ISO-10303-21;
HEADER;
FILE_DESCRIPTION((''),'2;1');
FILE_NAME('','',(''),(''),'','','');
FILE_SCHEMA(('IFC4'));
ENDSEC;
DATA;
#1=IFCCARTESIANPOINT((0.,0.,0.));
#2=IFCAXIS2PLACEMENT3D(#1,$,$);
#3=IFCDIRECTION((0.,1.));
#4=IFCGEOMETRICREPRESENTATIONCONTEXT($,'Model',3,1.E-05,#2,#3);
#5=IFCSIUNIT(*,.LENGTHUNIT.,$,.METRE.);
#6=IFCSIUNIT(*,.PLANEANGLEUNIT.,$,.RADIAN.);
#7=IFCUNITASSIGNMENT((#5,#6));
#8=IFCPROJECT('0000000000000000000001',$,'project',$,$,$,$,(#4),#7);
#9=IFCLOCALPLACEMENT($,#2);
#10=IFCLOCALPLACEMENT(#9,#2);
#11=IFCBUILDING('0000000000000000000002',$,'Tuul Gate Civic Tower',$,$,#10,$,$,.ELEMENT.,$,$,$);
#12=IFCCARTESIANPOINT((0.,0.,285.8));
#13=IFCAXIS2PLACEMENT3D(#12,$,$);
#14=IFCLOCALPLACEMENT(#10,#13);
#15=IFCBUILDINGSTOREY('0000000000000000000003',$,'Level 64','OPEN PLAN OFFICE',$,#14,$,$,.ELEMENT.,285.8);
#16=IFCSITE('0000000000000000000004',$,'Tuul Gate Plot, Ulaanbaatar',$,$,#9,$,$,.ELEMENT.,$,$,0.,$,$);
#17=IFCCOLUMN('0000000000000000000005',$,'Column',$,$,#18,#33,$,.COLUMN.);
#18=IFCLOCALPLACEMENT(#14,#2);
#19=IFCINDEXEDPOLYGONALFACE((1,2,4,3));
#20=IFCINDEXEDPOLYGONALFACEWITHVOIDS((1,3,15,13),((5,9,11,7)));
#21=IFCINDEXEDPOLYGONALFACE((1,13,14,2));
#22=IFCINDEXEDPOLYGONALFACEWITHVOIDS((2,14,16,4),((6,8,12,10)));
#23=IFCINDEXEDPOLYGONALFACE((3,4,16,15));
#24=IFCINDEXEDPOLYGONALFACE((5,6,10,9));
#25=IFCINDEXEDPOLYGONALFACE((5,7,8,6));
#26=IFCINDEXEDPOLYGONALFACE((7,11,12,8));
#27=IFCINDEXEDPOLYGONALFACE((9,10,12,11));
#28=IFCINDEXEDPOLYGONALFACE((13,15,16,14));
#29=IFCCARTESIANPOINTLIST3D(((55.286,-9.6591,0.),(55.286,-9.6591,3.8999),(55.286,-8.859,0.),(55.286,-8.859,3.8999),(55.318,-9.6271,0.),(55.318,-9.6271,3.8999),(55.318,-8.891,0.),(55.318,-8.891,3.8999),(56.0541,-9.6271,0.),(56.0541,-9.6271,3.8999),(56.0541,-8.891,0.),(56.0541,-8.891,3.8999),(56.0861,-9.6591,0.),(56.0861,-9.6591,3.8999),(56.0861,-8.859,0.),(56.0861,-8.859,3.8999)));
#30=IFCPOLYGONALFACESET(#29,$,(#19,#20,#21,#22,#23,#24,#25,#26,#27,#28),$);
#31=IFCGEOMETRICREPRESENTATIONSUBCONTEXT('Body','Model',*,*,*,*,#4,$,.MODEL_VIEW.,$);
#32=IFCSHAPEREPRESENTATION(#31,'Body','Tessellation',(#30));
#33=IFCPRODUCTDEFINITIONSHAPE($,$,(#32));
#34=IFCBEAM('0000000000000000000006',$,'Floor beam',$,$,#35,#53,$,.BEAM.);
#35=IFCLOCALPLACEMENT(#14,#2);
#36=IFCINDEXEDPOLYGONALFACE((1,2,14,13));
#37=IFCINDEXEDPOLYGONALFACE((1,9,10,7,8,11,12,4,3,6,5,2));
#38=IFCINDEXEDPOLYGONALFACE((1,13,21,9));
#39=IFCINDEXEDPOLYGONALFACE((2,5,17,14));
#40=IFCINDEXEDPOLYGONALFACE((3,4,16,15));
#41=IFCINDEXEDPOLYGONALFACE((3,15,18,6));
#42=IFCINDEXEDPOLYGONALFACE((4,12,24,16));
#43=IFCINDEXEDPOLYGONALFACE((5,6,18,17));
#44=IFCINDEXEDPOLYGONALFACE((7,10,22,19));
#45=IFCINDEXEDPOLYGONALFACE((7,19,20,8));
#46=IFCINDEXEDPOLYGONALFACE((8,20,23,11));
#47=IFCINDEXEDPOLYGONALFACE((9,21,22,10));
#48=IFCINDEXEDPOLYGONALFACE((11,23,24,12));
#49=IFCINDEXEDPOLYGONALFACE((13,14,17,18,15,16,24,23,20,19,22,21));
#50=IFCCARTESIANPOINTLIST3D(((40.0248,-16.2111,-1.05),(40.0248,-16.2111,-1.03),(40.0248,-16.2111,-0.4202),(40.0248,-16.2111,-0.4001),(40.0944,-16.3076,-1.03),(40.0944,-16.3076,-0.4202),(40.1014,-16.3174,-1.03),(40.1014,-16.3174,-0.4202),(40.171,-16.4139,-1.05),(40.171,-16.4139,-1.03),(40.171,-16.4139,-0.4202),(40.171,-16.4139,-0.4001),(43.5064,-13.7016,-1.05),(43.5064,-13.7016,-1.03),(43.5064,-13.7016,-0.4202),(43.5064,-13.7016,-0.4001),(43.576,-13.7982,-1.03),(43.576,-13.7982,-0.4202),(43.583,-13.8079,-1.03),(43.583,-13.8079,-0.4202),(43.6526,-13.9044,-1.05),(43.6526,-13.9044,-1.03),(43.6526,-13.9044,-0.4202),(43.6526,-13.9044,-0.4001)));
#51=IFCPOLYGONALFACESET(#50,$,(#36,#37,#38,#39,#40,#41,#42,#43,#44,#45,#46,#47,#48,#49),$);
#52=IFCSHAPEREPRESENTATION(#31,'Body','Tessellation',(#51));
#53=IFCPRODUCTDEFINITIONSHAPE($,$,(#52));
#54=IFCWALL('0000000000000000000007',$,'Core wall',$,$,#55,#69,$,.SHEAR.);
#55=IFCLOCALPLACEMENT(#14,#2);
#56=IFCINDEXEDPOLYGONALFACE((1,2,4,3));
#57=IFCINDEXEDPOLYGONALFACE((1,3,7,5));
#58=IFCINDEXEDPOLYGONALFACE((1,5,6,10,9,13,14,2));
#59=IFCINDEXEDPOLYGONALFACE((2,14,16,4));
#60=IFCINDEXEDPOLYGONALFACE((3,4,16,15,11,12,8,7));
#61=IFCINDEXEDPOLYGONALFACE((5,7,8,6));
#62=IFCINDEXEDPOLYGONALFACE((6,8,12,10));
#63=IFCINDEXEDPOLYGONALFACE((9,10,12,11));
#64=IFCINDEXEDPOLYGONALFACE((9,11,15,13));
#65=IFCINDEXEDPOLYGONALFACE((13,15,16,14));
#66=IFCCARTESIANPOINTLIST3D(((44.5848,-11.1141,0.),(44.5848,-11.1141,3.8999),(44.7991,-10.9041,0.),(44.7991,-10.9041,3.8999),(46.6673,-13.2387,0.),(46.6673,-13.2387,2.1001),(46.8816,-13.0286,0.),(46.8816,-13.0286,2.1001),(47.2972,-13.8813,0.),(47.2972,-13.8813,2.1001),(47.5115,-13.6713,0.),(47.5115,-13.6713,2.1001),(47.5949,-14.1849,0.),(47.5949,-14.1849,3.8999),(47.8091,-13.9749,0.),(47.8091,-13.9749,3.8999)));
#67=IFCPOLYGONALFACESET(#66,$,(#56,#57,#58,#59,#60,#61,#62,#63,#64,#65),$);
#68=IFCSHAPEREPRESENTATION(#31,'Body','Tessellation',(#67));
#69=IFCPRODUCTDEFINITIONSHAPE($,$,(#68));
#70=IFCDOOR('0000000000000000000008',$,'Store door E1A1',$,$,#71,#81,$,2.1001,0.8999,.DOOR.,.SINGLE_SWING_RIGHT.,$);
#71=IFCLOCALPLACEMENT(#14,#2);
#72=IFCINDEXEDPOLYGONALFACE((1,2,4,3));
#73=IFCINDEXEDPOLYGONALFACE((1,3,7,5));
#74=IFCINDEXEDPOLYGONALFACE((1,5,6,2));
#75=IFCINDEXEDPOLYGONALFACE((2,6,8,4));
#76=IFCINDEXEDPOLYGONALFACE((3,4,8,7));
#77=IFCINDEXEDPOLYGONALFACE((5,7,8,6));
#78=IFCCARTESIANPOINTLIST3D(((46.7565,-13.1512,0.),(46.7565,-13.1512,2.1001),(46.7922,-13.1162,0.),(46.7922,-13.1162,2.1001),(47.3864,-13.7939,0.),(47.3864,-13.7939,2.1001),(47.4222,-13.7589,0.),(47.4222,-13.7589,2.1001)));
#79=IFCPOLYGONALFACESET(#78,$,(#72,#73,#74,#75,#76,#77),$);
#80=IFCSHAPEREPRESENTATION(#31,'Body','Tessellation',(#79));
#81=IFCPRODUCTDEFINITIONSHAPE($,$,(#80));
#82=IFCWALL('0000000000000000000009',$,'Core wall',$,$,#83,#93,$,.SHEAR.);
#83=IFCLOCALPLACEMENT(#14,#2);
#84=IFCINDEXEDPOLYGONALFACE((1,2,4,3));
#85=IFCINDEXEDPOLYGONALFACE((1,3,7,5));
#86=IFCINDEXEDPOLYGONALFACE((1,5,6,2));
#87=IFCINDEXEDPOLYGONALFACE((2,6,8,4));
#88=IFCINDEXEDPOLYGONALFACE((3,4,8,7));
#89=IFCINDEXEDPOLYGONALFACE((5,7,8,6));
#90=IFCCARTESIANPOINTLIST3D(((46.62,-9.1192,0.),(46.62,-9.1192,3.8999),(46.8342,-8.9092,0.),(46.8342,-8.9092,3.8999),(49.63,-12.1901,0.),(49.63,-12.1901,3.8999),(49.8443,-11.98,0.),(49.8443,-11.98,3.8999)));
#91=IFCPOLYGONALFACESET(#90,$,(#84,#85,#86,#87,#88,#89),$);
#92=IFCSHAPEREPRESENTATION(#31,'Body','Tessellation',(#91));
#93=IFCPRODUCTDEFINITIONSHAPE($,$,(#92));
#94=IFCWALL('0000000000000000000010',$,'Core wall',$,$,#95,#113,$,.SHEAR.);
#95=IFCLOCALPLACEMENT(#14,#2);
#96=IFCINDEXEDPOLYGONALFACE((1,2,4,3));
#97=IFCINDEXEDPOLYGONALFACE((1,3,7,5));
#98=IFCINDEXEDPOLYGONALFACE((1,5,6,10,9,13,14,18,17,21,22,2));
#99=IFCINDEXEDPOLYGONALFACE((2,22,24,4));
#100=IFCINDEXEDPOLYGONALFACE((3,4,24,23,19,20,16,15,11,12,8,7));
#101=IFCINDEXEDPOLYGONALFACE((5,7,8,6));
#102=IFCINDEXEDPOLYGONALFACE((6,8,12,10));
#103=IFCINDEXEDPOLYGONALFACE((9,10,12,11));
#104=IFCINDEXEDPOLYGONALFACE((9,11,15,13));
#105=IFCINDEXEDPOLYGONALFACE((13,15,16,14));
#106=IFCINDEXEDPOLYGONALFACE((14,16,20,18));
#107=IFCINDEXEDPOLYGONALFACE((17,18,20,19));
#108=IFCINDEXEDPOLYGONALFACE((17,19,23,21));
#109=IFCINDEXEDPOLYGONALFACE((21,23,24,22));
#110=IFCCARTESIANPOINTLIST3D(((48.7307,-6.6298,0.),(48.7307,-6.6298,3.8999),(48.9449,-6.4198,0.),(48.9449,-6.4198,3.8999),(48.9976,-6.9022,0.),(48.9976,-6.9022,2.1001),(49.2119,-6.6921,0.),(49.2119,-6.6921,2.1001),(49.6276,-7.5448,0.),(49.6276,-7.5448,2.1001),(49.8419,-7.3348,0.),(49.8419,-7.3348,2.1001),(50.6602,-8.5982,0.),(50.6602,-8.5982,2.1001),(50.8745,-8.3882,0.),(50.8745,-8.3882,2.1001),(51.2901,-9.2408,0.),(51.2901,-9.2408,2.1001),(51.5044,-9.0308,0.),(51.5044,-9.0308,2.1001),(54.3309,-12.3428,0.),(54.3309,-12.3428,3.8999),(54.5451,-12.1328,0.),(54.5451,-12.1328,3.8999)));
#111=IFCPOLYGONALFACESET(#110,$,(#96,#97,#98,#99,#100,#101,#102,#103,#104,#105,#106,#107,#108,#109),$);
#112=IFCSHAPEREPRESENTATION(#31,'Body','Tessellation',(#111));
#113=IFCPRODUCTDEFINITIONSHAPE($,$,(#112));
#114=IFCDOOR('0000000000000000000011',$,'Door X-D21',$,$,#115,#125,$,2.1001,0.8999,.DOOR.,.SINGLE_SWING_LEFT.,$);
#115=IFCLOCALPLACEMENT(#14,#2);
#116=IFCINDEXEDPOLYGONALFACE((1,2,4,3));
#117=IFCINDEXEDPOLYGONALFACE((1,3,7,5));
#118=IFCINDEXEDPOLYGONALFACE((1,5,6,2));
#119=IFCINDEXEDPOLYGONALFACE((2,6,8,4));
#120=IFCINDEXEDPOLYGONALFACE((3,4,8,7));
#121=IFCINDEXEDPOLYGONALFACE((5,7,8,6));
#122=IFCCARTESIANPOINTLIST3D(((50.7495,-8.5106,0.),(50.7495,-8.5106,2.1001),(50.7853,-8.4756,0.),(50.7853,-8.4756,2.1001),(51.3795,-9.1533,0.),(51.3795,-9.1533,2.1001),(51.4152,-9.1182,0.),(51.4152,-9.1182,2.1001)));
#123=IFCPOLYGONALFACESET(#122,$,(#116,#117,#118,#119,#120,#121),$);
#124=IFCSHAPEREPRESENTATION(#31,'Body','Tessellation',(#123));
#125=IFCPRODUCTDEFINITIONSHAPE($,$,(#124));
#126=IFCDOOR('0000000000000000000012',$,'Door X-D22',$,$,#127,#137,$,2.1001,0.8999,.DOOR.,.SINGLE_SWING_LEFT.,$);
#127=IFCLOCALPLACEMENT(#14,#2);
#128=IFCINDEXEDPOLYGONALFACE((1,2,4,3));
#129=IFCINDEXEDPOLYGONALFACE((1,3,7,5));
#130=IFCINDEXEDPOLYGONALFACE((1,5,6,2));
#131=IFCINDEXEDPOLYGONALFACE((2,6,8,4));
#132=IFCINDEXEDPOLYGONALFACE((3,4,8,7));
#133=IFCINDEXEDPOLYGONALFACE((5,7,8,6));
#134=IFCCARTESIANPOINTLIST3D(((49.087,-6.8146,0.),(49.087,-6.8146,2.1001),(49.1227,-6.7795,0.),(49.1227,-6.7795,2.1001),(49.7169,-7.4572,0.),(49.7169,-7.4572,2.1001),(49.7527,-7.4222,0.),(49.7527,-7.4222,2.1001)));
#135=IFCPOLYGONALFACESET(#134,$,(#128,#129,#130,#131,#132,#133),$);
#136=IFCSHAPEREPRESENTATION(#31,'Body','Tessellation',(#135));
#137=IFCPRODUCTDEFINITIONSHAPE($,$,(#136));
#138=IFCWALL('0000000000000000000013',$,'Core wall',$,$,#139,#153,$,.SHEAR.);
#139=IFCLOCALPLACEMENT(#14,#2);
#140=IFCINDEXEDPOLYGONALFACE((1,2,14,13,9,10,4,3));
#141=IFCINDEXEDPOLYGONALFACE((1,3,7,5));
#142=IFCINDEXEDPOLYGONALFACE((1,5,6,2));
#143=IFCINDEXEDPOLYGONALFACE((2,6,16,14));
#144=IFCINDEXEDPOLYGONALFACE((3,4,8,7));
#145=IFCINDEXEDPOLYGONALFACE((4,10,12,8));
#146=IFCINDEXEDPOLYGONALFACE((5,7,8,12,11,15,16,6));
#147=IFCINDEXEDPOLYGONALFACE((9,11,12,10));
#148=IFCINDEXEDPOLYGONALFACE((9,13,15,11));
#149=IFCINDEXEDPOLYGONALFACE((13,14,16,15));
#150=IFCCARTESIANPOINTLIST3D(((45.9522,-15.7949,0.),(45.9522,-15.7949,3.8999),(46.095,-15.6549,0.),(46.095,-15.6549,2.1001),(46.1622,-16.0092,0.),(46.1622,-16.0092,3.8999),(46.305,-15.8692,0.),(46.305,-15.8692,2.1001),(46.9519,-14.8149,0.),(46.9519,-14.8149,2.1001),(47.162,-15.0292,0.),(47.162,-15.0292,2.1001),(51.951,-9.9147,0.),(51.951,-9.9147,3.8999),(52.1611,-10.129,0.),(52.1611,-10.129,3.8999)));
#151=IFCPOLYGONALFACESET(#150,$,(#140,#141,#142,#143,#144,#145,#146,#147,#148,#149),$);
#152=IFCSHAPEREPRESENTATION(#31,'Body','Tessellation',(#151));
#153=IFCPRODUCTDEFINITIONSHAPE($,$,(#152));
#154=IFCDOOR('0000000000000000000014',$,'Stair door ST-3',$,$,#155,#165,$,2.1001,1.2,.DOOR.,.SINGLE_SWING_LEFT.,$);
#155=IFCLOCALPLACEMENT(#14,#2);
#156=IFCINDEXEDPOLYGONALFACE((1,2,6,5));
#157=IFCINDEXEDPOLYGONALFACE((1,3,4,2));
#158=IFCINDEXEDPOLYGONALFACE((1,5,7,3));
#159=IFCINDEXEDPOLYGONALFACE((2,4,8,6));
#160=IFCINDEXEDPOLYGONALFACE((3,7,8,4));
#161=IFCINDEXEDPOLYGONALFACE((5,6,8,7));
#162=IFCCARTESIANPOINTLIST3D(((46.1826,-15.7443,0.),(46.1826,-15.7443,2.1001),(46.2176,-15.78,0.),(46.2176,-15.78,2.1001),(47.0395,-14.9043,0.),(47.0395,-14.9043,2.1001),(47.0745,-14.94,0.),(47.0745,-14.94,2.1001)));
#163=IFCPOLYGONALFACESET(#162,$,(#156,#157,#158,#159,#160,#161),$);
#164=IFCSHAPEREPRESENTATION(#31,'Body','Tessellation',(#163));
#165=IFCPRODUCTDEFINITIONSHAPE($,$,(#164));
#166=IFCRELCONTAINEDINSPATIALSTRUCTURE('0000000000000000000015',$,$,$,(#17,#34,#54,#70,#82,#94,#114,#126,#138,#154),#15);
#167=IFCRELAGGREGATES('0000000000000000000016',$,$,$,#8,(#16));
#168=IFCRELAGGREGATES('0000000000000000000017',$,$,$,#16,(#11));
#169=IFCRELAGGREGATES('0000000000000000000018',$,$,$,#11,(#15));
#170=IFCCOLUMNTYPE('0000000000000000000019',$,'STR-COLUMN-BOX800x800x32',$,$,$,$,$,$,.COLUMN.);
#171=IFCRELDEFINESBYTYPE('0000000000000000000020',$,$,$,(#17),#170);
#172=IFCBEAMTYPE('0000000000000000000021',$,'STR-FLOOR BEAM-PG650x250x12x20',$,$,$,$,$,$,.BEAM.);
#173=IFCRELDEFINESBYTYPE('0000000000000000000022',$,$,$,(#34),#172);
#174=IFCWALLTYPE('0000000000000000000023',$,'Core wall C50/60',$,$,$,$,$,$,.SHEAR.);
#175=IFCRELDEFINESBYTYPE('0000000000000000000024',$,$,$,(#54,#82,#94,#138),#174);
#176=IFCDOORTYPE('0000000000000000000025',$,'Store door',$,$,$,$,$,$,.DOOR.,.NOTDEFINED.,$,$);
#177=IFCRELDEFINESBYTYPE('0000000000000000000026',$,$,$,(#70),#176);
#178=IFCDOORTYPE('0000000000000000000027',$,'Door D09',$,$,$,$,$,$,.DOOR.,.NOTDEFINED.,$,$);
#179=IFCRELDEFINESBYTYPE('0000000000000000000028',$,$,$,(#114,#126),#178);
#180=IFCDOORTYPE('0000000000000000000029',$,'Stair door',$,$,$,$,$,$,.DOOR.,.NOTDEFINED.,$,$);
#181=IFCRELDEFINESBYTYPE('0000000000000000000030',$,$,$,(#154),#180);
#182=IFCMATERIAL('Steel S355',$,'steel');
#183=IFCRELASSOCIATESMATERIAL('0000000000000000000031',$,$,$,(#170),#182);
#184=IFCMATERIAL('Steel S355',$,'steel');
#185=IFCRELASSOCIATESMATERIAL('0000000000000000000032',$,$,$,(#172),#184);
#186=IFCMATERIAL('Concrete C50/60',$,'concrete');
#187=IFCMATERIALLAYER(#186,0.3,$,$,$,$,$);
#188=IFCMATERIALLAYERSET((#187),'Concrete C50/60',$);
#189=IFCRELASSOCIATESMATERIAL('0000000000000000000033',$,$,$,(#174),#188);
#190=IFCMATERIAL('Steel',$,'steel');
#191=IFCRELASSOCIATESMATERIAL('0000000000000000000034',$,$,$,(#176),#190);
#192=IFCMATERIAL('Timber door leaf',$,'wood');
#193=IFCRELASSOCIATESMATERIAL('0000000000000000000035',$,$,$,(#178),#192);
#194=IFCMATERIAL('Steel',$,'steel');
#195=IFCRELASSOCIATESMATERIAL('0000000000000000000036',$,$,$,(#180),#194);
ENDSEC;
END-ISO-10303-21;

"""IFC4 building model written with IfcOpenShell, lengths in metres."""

from ifc_helpers import new_model, si_unit, direction, frame, frame_2d, origin, origin_2d, place, context, subcontext, project, spatial, rectangle, hollow_rectangle, i_section, extrude, material, layer, layer_set, material_profile, profile_set, type_object, element, fill, save


model = new_model("IFC4")

# Units and contexts
model_context = context("Model", 3, precision=1e-05, world=origin(), true_north=direction((0.0, 1.0)))
body_context = subcontext(model_context, "Body", "Model", "MODEL_VIEW")
ifc_project = project(units=[si_unit("LENGTHUNIT", "METRE"), si_unit("PLANEANGLEUNIT", "RADIAN")], contexts=[model_context])

# Site, building, storey
site_placement = place(None, origin())
site = spatial("IfcSite", under=ifc_project, at=site_placement, Name="Tuul Gate Plot, Ulaanbaatar", CompositionType="ELEMENT", RefElevation=0.0)
building_placement = place(site_placement, origin())
building = spatial("IfcBuilding", under=site, at=building_placement, Name="Tuul Gate Civic Tower", CompositionType="ELEMENT")
storey_placement = place(building_placement, frame((0.0, 0.0, 285.8)))
storey = spatial("IfcBuildingStorey", under=building, at=storey_placement, Name="Level 64", Description="OPEN PLAN OFFICE", CompositionType="ELEMENT", Elevation=285.8)

# Column
ifc_material_1 = material(Name="Steel S355", Category="steel")
ifc_material_profile_1 = material_profile(ifc_material_1, hollow_rectangle(XDim=0.8, YDim=0.8, WallThickness=0.032, at=origin_2d()), Name="BOX800x800x32")
ifc_profile_set_1 = profile_set([ifc_material_profile_1], Name="Steel S355")
column_type = type_object("IfcColumnType", Name="STR-COLUMN-BOX800x800x32", PredefinedType="COLUMN", material=ifc_profile_set_1)
column_placement = place(storey_placement, frame((55.686, -9.259, 0.0), z_axis=(0.0, 0.0, 1.0), x_axis=(1.0, 0.0, 0.0)))
element("IfcColumn", 1, at=column_placement, inside=storey, type_object=column_type, Name="Column", PredefinedType="COLUMN", context=body_context, shape_type="SweptSolid", body=[
    extrude(hollow_rectangle(XDim=0.8, YDim=0.8, WallThickness=0.032, at=origin_2d()), origin(), (0.0, 0.0, 1.0), 3.8999),
])

# Beam
ifc_material_2 = material(Name="Steel S355", Category="steel")
ifc_material_profile_2 = material_profile(ifc_material_2, i_section(OverallWidth=0.25, OverallDepth=0.6499, WebThickness=0.012, FlangeThickness=0.02, at=origin_2d()), Name="PG650x250x12x20")
ifc_profile_set_2 = profile_set([ifc_material_profile_2], Name="Steel S355")
beam_type = type_object("IfcBeamType", Name="STR-FLOOR BEAM-PG650x250x12x20", PredefinedType="BEAM", material=ifc_profile_set_2)
beam_placement = place(storey_placement, frame((40.0979, -16.3125, -0.7251), z_axis=(0.811235, 0.58472, 0.0), x_axis=(-0.58472, 0.811235, 0.0)))
element("IfcBeam", 2, at=beam_placement, inside=storey, type_object=beam_type, Name="Floor beam", PredefinedType="BEAM", context=body_context, shape_type="SweptSolid", body=[
    extrude(i_section(OverallWidth=0.25, OverallDepth=0.6499, WebThickness=0.012, FlangeThickness=0.02, at=origin_2d()), origin(), (0.0, 0.0, 1.0), 4.2917),
])

# Wall, opening, door
ifc_material_3 = material(Name="Concrete C50/60", Category="concrete")
ifc_layer_1 = layer(ifc_material_3, 0.3)
ifc_layer_set_1 = layer_set([ifc_layer_1], Name="Concrete C50/60")
wall_type_1 = type_object("IfcWallType", Name="Core wall C50/60", PredefinedType="SHEAR", material=ifc_layer_set_1)
wall_1_placement = place(storey_placement, frame((47.7019, -14.0798, 0.0), z_axis=(0.0, 0.0, 1.0), x_axis=(-0.700003, 0.71414, 0.0)))
wall_1 = element("IfcWall", 3, at=wall_1_placement, inside=storey, type_object=wall_type_1, Name="Core wall", PredefinedType="SHEAR", context=body_context, shape_type="SweptSolid", body=[
    extrude(rectangle(XDim=4.3, YDim=0.3, at=frame_2d((2.1499, 0.0))), origin(), (0.0, 0.0, 1.0), 3.8999),
])
opening_1_placement = place(wall_1_placement, frame((0.425, 0.0, 0.0)))
opening_1 = element("IfcOpeningElement", 4, at=opening_1_placement, cuts=wall_1, PredefinedType="OPENING", context=body_context, shape_type="SweptSolid", body=[
    extrude(rectangle(XDim=0.8999, YDim=2.1001, at=frame_2d((0.45, 1.05))), frame((0.0, 0.1602, 0.0), z_axis=(0.0, -1.0, 0.0), x_axis=(1.0, 0.0, 0.0)), (0.0, 0.0, 1.0), 0.3201),
])
ifc_material_4 = material(Name="Steel", Category="steel")
door_type_1 = type_object("IfcDoorType", Name="Store door", OperationType="NOTDEFINED", PredefinedType="DOOR", material=ifc_material_4)
door_1_placement = place(opening_1_placement, frame((0.8999, 0.0, 0.0), z_axis=(0.0, 0.0, 1.0), x_axis=(-1.0, 0.0, 0.0)))
door_1 = element("IfcDoor", 5, at=door_1_placement, inside=storey, type_object=door_type_1, Name="Store door E1A1", OperationType="SINGLE_SWING_RIGHT", OverallHeight=2.1001, OverallWidth=0.8999, PredefinedType="DOOR", context=body_context, shape_type="SweptSolid", body=[
    extrude(rectangle(XDim=0.8999, YDim=2.1001, at=frame_2d((0.45, 1.05))), frame((0.0, 0.0249, 0.0), z_axis=(0.0, -1.0, 0.0), x_axis=(1.0, 0.0, 0.0)), (0.0, 0.0, 1.0), 0.05),
])
fill(opening_1, door_1)

# Wall
wall_2_placement = place(storey_placement, frame((49.7371, -12.085, 0.0), z_axis=(0.0, 0.0, 1.0), x_axis=(-0.700003, 0.71414, 0.0)))
element("IfcWall", 6, at=wall_2_placement, inside=storey, type_object=wall_type_1, Name="Core wall", PredefinedType="SHEAR", context=body_context, shape_type="SweptSolid", body=[
    extrude(rectangle(XDim=4.3, YDim=0.3, at=frame_2d((2.1499, 0.0))), origin(), (0.0, 0.0, 1.0), 3.8999),
])

# Wall, openings, doors
wall_3_placement = place(storey_placement, frame((54.438, -12.2378, 0.0), z_axis=(0.0, 0.0, 1.0), x_axis=(-0.700022, 0.714121, 0.0)))
wall_3 = element("IfcWall", 7, at=wall_3_placement, inside=storey, type_object=wall_type_1, Name="Core wall", PredefinedType="SHEAR", context=body_context, shape_type="SweptSolid", body=[
    extrude(rectangle(XDim=8.0, YDim=0.3, at=frame_2d((4.0, 0.0))), origin(), (0.0, 0.0, 1.0), 3.8999),
])
opening_2_placement = place(wall_3_placement, frame((4.3438, 0.0, 0.0)))
opening_2 = element("IfcOpeningElement", 8, at=opening_2_placement, cuts=wall_3, PredefinedType="OPENING", context=body_context, shape_type="SweptSolid", body=[
    extrude(rectangle(XDim=0.8999, YDim=2.1001, at=frame_2d((0.45, 1.05))), frame((0.0, 0.1602, 0.0), z_axis=(0.0, -1.0, 0.0), x_axis=(1.0, 0.0, 0.0)), (0.0, 0.0, 1.0), 0.3201),
])
opening_3_placement = place(wall_3_placement, frame((6.7188, 0.0, 0.0)))
opening_3 = element("IfcOpeningElement", 9, at=opening_3_placement, cuts=wall_3, PredefinedType="OPENING", context=body_context, shape_type="SweptSolid", body=[
    extrude(rectangle(XDim=0.8999, YDim=2.1001, at=frame_2d((0.45, 1.05))), frame((0.0, 0.1602, 0.0), z_axis=(0.0, -1.0, 0.0), x_axis=(1.0, 0.0, 0.0)), (0.0, 0.0, 1.0), 0.3201),
])
ifc_material_5 = material(Name="Timber door leaf", Category="wood")
door_type_2 = type_object("IfcDoorType", Name="Door D09", OperationType="NOTDEFINED", PredefinedType="DOOR", material=ifc_material_5)
door_2_placement = place(opening_2_placement, origin())
door_2 = element("IfcDoor", 10, at=door_2_placement, inside=storey, type_object=door_type_2, Name="Door X-D21", OperationType="SINGLE_SWING_LEFT", OverallHeight=2.1001, OverallWidth=0.8999, PredefinedType="DOOR", context=body_context, shape_type="SweptSolid", body=[
    extrude(rectangle(XDim=0.8999, YDim=2.1001, at=frame_2d((0.45, 1.05))), frame((0.0, 0.0249, 0.0), z_axis=(0.0, -1.0, 0.0), x_axis=(1.0, 0.0, 0.0)), (0.0, 0.0, 1.0), 0.05),
])
fill(opening_2, door_2)
door_3_placement = place(opening_3_placement, origin())
door_3 = element("IfcDoor", 11, at=door_3_placement, inside=storey, type_object=door_type_2, Name="Door X-D22", OperationType="SINGLE_SWING_LEFT", OverallHeight=2.1001, OverallWidth=0.8999, PredefinedType="DOOR", context=body_context, shape_type="SweptSolid", body=[
    extrude(rectangle(XDim=0.8999, YDim=2.1001, at=frame_2d((0.45, 1.05))), frame((0.0, 0.0249, 0.0), z_axis=(0.0, -1.0, 0.0), x_axis=(1.0, 0.0, 0.0)), (0.0, 0.0, 1.0), 0.05),
])
fill(opening_3, door_3)

# Wall, opening, door
wall_4_placement = place(storey_placement, frame((46.0571, -15.9021, 0.0), z_axis=(0.0, 0.0, 1.0), x_axis=(0.714134, 0.700009, 0.0)))
wall_4 = element("IfcWall", 12, at=wall_4_placement, inside=storey, type_object=wall_type_1, Name="Core wall", PredefinedType="SHEAR", context=body_context, shape_type="SweptSolid", body=[
    extrude(rectangle(XDim=8.4001, YDim=0.3, at=frame_2d((4.2002, 0.0))), origin(), (0.0, 0.0, 1.0), 3.8999),
])
opening_4_placement = place(wall_4_placement, frame((0.2, 0.0, 0.0)))
opening_4 = element("IfcOpeningElement", 13, at=opening_4_placement, cuts=wall_4, PredefinedType="OPENING", context=body_context, shape_type="SweptSolid", body=[
    extrude(rectangle(XDim=1.2, YDim=2.1001, at=frame_2d((0.6001, 1.05))), frame((0.0, 0.1602, 0.0), z_axis=(0.0, -1.0, 0.0), x_axis=(1.0, 0.0, 0.0)), (0.0, 0.0, 1.0), 0.3201),
])
ifc_material_6 = material(Name="Steel", Category="steel")
door_type_3 = type_object("IfcDoorType", Name="Stair door", OperationType="NOTDEFINED", PredefinedType="DOOR", material=ifc_material_6)
door_4_placement = place(opening_4_placement, origin())
door_4 = element("IfcDoor", 14, at=door_4_placement, inside=storey, type_object=door_type_3, Name="Stair door ST-3", OperationType="SINGLE_SWING_LEFT", OverallHeight=2.1001, OverallWidth=1.2, PredefinedType="DOOR", context=body_context, shape_type="SweptSolid", body=[
    extrude(rectangle(XDim=1.2, YDim=2.1001, at=frame_2d((0.6001, 1.05))), frame((0.0, 0.0249, 0.0), z_axis=(0.0, -1.0, 0.0), x_axis=(1.0, 0.0, 0.0)), (0.0, 0.0, 1.0), 0.05),
])
fill(opening_4, door_4)

save(model, "model.ifc")
